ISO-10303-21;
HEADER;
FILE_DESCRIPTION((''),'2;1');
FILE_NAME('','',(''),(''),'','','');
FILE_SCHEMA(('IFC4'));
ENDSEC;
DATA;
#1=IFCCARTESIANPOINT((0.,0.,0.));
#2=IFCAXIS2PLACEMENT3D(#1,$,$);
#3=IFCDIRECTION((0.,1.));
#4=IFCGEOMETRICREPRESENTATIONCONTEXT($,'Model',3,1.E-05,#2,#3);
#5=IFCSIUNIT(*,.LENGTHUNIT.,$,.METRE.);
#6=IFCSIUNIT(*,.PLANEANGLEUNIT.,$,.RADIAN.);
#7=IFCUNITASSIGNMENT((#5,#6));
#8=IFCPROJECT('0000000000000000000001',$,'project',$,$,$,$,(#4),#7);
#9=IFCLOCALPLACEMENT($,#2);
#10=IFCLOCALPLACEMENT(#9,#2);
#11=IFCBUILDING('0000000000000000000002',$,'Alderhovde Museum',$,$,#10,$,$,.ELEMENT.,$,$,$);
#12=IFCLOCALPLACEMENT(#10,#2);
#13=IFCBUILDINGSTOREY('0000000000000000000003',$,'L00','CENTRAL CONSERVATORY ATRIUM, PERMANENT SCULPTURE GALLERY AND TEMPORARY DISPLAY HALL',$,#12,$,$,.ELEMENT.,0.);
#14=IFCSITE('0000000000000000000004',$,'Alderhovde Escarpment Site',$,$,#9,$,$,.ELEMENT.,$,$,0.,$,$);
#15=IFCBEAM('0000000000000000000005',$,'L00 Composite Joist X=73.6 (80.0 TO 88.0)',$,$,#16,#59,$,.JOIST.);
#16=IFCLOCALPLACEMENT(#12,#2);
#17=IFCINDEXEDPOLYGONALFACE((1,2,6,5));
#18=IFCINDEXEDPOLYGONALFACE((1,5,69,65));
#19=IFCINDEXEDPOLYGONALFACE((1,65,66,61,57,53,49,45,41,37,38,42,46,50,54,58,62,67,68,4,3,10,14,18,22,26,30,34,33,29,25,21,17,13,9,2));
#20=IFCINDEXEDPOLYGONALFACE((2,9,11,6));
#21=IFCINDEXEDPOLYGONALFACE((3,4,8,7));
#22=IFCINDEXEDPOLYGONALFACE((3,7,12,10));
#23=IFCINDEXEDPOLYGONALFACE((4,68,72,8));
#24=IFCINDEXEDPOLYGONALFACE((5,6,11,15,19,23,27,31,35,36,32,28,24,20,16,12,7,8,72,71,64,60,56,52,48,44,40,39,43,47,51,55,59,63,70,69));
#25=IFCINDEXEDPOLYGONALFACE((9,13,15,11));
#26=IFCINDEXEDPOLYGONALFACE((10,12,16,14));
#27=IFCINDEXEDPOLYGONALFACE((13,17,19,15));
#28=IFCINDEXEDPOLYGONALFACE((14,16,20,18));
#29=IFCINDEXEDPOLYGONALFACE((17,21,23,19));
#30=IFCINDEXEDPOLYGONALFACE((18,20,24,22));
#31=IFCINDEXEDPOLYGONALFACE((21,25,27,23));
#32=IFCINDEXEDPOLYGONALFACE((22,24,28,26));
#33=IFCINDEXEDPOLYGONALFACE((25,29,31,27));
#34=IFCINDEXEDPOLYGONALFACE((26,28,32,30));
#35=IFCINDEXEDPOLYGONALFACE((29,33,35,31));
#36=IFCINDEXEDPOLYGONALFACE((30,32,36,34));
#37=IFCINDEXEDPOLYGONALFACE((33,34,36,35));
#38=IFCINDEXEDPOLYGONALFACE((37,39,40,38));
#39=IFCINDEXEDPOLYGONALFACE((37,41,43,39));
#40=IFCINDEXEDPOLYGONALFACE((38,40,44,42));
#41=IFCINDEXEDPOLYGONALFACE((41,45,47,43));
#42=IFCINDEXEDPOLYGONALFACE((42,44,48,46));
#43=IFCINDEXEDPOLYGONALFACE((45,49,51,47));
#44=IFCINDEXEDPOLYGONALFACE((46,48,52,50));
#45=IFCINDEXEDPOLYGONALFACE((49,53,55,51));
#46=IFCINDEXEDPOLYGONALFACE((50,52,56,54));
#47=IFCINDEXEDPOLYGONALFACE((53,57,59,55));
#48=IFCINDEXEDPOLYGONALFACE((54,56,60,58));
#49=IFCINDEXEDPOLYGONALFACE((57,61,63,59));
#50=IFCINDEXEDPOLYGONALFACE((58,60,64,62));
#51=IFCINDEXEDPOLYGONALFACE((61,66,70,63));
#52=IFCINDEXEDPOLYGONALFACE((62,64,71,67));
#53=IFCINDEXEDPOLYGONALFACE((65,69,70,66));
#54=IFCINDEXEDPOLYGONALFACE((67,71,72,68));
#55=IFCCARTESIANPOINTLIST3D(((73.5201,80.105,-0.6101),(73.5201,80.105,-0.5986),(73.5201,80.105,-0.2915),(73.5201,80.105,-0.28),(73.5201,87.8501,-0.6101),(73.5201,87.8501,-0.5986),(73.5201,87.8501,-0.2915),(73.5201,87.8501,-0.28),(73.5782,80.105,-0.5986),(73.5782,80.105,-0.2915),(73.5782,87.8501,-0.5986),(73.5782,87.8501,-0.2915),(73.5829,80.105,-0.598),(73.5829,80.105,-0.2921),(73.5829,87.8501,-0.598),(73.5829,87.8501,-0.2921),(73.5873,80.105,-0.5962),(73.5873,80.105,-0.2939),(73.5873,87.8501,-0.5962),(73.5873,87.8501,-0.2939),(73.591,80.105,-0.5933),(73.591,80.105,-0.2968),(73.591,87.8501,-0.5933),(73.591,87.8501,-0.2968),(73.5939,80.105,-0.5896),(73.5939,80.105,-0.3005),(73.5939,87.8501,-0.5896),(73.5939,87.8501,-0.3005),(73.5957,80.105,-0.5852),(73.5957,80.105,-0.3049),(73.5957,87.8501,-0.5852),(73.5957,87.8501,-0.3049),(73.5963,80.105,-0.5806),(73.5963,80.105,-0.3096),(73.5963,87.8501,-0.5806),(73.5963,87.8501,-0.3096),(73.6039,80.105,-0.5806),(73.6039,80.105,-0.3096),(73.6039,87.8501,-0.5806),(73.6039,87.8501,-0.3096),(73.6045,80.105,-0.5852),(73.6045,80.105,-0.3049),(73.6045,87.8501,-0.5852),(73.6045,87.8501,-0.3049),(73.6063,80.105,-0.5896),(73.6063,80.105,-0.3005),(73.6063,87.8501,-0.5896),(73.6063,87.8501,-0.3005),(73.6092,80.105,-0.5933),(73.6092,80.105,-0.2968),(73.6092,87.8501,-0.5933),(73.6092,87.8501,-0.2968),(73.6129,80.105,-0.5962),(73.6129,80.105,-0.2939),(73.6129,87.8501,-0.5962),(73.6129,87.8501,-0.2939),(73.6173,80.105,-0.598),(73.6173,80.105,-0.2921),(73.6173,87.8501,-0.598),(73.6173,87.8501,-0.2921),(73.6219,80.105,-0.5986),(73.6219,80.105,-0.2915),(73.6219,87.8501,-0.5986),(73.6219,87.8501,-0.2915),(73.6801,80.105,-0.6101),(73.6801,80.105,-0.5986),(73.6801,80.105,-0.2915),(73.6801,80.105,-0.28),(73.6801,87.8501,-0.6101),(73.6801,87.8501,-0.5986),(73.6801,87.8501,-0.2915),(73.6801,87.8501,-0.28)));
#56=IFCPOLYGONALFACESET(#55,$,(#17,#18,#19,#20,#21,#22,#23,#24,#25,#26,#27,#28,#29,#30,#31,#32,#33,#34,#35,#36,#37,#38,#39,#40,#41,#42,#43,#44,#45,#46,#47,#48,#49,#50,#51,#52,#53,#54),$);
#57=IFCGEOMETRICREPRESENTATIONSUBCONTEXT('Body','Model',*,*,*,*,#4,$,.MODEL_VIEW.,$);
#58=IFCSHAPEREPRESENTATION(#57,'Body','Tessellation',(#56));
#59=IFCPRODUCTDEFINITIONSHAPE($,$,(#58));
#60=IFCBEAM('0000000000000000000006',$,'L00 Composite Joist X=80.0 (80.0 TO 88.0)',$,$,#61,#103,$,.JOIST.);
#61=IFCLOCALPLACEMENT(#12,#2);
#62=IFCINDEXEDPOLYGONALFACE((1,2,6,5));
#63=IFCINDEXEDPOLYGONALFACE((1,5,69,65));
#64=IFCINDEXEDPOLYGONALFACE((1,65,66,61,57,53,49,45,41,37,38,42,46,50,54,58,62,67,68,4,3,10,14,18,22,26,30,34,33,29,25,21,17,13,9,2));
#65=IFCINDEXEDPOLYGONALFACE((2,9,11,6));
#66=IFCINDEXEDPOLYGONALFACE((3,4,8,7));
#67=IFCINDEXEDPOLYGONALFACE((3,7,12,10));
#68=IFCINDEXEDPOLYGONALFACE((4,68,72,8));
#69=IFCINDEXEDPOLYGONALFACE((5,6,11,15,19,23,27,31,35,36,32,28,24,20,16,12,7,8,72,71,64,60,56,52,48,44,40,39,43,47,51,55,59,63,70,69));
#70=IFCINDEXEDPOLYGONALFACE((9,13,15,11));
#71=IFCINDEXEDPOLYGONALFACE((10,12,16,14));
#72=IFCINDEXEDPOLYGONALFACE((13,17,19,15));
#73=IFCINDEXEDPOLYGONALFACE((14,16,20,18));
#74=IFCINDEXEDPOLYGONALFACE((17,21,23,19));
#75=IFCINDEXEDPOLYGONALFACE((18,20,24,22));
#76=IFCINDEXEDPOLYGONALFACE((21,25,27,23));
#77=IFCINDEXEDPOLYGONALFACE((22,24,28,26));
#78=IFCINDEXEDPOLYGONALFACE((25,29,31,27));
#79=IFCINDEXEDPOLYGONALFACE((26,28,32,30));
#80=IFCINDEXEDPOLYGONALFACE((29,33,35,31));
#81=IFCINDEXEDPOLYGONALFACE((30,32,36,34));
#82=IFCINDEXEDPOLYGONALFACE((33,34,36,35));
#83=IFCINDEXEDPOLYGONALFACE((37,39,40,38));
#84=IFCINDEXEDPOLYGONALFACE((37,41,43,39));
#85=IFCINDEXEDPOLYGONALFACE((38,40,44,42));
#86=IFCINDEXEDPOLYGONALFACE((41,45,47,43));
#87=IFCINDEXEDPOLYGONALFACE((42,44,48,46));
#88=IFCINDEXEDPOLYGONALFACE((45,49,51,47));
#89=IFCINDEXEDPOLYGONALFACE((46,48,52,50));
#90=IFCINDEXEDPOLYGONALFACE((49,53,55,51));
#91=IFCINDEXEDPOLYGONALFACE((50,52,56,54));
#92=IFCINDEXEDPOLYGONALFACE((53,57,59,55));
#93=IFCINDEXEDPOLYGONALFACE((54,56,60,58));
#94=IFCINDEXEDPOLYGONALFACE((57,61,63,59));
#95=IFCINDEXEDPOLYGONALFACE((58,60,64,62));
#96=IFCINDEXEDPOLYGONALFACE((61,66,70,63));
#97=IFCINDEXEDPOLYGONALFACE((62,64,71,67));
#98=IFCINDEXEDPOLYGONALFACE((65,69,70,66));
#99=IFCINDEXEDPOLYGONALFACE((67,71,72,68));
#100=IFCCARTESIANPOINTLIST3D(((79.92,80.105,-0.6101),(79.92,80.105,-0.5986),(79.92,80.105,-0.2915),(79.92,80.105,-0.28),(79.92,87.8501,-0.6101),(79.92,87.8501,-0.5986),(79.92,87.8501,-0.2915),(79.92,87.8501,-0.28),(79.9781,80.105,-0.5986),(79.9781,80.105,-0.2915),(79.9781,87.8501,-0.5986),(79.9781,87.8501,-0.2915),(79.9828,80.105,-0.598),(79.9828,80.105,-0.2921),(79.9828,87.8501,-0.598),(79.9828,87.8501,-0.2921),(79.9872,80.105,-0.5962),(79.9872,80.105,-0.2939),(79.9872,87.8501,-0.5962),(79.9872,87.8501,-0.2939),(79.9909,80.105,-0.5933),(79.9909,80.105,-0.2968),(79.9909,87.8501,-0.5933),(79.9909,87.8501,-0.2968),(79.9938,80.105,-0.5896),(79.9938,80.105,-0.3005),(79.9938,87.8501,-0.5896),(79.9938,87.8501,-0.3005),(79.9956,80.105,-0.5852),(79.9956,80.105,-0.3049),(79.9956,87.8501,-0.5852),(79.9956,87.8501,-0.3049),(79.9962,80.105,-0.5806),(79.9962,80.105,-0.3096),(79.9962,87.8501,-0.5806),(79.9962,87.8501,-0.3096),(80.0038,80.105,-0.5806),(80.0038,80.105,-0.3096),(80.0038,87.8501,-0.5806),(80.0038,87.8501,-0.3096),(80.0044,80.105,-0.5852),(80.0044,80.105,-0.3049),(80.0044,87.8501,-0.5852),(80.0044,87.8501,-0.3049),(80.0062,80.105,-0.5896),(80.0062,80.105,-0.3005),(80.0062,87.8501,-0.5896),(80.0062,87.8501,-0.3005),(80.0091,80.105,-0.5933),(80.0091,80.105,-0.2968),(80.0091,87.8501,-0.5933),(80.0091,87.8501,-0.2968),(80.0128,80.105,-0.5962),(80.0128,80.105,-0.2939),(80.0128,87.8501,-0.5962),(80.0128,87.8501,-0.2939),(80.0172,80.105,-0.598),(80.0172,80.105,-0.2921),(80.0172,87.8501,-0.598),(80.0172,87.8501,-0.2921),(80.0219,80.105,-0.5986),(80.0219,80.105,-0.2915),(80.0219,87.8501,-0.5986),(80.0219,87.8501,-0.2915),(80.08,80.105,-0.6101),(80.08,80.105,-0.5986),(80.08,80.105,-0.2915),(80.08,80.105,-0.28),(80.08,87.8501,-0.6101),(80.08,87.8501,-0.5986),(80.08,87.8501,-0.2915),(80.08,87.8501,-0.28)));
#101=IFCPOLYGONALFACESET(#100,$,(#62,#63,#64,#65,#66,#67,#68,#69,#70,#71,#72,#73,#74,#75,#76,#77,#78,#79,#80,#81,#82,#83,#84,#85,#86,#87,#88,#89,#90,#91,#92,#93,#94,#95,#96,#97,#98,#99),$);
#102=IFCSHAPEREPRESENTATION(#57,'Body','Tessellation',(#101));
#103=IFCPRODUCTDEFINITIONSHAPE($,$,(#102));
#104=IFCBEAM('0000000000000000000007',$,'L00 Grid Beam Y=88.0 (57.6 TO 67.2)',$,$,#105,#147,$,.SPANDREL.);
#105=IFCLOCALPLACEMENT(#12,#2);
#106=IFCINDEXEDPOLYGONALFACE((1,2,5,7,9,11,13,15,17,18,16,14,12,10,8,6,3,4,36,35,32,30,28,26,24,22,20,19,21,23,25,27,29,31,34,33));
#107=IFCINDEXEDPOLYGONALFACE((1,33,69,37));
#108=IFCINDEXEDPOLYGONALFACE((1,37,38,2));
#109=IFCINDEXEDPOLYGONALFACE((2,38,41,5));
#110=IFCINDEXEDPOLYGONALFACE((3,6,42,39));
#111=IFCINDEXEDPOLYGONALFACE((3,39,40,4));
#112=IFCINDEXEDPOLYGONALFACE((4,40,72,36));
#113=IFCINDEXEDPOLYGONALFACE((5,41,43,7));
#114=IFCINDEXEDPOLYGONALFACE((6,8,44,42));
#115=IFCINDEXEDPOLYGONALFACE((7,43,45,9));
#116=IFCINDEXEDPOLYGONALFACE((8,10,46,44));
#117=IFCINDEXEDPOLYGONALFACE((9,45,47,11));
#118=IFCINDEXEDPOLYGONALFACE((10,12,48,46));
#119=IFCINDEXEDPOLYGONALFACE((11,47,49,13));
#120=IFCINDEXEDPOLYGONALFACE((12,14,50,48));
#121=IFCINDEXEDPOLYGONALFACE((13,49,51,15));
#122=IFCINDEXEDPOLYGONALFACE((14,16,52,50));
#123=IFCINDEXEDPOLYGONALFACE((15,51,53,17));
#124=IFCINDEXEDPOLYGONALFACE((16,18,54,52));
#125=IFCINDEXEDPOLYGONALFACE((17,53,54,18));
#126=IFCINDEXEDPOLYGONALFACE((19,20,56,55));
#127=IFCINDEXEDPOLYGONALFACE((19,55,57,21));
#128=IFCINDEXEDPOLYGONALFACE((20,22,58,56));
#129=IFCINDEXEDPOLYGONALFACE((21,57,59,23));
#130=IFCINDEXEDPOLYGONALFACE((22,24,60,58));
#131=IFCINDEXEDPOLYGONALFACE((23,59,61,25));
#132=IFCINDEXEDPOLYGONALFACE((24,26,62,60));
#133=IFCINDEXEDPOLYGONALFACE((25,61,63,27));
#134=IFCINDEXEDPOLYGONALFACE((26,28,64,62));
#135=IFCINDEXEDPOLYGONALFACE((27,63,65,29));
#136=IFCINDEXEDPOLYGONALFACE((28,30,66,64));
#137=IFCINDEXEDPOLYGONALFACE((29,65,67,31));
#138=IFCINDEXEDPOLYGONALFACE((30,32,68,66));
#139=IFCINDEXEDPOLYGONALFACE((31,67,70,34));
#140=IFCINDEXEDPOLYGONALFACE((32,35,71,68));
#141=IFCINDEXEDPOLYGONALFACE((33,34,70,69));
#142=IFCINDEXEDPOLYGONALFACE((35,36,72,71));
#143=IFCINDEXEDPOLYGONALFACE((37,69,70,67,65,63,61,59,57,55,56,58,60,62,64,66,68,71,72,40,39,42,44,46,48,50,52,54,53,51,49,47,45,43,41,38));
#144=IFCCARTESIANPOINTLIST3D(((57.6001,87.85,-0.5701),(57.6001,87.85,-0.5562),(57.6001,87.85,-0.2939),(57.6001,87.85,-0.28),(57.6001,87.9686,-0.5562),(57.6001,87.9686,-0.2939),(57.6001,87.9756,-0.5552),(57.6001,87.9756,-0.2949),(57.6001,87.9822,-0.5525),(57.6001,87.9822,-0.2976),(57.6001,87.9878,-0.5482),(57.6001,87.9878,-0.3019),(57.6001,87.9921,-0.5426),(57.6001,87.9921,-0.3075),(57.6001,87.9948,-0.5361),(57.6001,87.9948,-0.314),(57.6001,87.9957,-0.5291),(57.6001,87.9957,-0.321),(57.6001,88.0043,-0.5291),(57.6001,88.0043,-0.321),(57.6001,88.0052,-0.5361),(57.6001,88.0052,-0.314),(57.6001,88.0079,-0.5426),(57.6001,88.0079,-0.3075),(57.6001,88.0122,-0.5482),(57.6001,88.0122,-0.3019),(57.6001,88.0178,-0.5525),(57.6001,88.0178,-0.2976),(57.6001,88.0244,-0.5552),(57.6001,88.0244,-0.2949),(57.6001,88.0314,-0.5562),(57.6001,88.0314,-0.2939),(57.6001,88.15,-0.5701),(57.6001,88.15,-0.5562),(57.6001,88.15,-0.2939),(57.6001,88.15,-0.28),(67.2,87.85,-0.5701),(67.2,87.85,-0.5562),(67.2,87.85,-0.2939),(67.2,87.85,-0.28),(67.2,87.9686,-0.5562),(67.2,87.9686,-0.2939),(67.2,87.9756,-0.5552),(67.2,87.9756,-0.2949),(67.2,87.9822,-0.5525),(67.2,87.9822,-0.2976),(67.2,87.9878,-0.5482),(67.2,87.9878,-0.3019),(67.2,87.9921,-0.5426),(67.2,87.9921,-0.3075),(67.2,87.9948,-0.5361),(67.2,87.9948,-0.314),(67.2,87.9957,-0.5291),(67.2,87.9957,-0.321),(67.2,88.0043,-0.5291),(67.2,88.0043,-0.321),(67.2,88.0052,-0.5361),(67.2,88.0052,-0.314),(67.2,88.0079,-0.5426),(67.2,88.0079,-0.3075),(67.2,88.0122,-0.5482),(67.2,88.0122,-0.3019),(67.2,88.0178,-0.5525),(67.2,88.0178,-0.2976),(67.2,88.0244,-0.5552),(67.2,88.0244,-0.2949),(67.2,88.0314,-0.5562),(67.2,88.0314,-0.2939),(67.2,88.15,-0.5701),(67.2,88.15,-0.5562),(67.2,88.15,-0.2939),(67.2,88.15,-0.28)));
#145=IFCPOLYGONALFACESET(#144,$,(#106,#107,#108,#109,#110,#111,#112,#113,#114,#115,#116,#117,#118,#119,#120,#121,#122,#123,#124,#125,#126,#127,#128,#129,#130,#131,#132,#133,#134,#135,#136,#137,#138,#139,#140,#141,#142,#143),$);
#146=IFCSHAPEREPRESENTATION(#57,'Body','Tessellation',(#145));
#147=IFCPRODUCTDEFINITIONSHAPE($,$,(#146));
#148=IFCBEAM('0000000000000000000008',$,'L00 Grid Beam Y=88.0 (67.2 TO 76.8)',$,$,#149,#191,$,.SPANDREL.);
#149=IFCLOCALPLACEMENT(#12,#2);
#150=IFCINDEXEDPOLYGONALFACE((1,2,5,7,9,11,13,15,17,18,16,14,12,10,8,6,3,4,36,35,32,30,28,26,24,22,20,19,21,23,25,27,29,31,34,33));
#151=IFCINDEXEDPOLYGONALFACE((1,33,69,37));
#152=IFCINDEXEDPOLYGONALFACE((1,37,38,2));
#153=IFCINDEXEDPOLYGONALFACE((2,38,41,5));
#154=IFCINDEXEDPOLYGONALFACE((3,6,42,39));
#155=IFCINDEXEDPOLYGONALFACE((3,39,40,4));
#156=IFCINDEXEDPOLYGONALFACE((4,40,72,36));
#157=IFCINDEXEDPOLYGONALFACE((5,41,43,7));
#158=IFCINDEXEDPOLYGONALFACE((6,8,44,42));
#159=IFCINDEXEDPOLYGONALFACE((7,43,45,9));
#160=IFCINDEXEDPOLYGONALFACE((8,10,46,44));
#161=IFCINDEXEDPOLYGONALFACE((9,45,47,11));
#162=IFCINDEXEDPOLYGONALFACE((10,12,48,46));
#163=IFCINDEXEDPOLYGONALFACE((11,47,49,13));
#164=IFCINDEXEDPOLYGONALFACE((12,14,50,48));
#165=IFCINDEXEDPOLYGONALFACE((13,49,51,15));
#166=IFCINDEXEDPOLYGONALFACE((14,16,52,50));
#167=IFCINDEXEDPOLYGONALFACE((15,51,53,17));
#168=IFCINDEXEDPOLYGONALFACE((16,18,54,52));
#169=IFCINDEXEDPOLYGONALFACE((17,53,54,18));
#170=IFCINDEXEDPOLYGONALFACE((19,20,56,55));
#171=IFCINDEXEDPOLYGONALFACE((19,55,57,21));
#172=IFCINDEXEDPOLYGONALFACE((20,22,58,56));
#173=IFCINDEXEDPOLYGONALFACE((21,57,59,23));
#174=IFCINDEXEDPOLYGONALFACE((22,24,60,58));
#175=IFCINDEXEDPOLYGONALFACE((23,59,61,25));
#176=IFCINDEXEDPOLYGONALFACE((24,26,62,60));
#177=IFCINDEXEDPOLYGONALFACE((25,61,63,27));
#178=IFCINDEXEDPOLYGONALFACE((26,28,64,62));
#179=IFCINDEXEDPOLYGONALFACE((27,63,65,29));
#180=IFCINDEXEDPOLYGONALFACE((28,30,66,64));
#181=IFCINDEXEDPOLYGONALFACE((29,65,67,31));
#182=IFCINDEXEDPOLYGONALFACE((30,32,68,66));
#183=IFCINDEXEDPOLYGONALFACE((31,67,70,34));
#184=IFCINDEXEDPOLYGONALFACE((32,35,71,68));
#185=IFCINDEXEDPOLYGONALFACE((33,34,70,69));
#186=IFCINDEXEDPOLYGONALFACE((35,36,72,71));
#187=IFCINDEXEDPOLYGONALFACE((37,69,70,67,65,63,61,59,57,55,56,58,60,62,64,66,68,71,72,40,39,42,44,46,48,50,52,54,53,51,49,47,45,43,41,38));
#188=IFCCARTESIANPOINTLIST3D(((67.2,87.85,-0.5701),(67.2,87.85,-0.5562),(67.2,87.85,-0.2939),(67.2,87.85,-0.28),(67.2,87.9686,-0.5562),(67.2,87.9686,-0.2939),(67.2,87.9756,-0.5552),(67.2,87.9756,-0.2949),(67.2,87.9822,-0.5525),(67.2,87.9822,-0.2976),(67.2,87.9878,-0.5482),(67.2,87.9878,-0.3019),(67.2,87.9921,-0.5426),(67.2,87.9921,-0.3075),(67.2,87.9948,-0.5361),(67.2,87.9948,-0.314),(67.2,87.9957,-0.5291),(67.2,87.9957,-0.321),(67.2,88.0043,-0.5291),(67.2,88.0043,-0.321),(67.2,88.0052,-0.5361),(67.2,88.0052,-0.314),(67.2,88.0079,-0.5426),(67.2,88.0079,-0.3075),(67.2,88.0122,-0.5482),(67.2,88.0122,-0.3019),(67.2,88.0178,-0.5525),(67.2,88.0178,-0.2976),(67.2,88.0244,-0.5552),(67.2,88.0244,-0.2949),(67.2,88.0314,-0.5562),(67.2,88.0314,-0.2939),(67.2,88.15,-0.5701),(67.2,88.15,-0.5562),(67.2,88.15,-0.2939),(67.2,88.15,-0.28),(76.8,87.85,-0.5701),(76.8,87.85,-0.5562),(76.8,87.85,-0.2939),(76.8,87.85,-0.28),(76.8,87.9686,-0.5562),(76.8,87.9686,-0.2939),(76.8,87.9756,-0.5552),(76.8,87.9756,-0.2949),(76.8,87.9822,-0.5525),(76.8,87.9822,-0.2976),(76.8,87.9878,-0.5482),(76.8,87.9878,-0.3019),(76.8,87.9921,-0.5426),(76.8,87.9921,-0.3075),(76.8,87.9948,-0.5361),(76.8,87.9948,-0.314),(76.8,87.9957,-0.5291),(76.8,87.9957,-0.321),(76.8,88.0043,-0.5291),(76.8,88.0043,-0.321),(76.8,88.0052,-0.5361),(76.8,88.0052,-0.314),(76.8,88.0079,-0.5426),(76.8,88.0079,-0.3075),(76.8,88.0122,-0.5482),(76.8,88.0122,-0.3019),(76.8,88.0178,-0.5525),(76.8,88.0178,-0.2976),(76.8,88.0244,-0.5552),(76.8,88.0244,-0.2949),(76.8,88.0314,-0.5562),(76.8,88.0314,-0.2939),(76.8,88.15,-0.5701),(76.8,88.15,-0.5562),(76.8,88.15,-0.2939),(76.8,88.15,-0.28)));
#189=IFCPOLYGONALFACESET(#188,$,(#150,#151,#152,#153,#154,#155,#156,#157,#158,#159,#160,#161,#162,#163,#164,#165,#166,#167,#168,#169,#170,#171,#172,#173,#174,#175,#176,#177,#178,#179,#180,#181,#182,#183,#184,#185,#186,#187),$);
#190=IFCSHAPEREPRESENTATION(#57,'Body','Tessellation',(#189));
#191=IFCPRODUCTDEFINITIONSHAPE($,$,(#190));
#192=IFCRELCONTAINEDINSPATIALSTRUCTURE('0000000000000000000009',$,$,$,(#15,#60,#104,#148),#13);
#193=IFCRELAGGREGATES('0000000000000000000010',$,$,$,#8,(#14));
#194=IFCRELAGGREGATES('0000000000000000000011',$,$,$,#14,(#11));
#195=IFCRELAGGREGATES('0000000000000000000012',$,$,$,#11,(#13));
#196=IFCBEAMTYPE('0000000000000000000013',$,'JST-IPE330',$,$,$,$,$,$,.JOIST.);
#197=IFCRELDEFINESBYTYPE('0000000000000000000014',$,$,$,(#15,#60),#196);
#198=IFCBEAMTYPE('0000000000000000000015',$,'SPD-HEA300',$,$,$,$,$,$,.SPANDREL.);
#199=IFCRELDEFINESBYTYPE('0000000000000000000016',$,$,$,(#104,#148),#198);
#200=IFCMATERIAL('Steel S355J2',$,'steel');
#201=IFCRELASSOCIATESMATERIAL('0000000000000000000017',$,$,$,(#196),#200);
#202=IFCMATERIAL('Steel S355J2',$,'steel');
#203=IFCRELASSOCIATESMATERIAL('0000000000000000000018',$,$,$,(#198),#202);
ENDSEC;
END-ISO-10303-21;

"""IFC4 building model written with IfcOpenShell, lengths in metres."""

from ifc_helpers import new_model, si_unit, direction, frame, origin, origin_2d, place, context, subcontext, project, spatial, i_section, extrude, material, material_profile, profile_set, type_object, element, save


model = new_model("IFC4")

# Units and contexts
model_context = context("Model", 3, precision=1e-05, world=origin(), true_north=direction((0.0, 1.0)))
body_context = subcontext(model_context, "Body", "Model", "MODEL_VIEW")
ifc_project = project(units=[si_unit("LENGTHUNIT", "METRE"), si_unit("PLANEANGLEUNIT", "RADIAN")], contexts=[model_context])

# Site, building, storey
site_placement = place(None, origin())
site = spatial("IfcSite", under=ifc_project, at=site_placement, Name="Alderhovde Escarpment Site", CompositionType="ELEMENT", RefElevation=0.0)
building_placement = place(site_placement, origin())
building = spatial("IfcBuilding", under=site, at=building_placement, Name="Alderhovde Museum", CompositionType="ELEMENT")
storey_placement = place(building_placement, origin())
storey = spatial("IfcBuildingStorey", under=building, at=storey_placement, Name="L00", Description="CENTRAL CONSERVATORY ATRIUM, PERMANENT SCULPTURE GALLERY AND TEMPORARY DISPLAY HALL", CompositionType="ELEMENT", Elevation=0.0)

# Beams
ifc_material_1 = material(Name="Steel S355J2", Category="steel")
ifc_material_profile_1 = material_profile(ifc_material_1, i_section(OverallWidth=0.1599, OverallDepth=0.3301, WebThickness=0.0076, FlangeThickness=0.0115, FilletRadius=0.0181, at=origin_2d()), Name="IPE 330")
ifc_profile_set_1 = profile_set([ifc_material_profile_1], Name="Steel S355J2")
beam_type_1 = type_object("IfcBeamType", Name="JST-IPE330", PredefinedType="JOIST", material=ifc_profile_set_1)
for number, where, z_axis, x_axis, name in (
    (1, (73.6001, 80.105, -0.4451), (0.0, 1.0, 0.0), (-1.0, 0.0, 0.0), "L00 Composite Joist X=73.6 (80.0 TO 88.0)"),
    (2, (80.0, 80.105, -0.4451), (0.0, 1.0, 0.0), (-1.0, 0.0, 0.0), "L00 Composite Joist X=80.0 (80.0 TO 88.0)"),
):
    element("IfcBeam", number, at=place(storey_placement, frame(where, z_axis=z_axis, x_axis=x_axis)), inside=storey, type_object=beam_type_1, Name=name, PredefinedType="JOIST", context=body_context, shape_type="SweptSolid", body=[
        extrude(i_section(OverallWidth=0.1599, OverallDepth=0.3301, WebThickness=0.0076, FlangeThickness=0.0115, FilletRadius=0.0181, at=origin_2d()), origin(), (0.0, 0.0, 1.0), 7.7451),
    ])
ifc_material_2 = material(Name="Steel S355J2", Category="steel")
ifc_material_profile_2 = material_profile(ifc_material_2, i_section(OverallWidth=0.3, OverallDepth=0.29, WebThickness=0.0085, FlangeThickness=0.0139, FilletRadius=0.0271, at=origin_2d()), Name="HEA 300")
ifc_profile_set_2 = profile_set([ifc_material_profile_2], Name="Steel S355J2")
beam_type_2 = type_object("IfcBeamType", Name="SPD-HEA300", PredefinedType="SPANDREL", material=ifc_profile_set_2)
beam_1_placement = place(storey_placement, frame((57.6001, 88.0, -0.425), z_axis=(1.0, 0.0, 0.0), x_axis=(0.0, 1.0, 0.0)))
element("IfcBeam", 3, at=beam_1_placement, inside=storey, type_object=beam_type_2, Name="L00 Grid Beam Y=88.0 (57.6 TO 67.2)", PredefinedType="SPANDREL", context=body_context, shape_type="SweptSolid", body=[
    extrude(i_section(OverallWidth=0.3, OverallDepth=0.29, WebThickness=0.0085, FlangeThickness=0.0139, FilletRadius=0.0271, at=origin_2d()), origin(), (0.0, 0.0, 1.0), 9.5999),
])
beam_2_placement = place(storey_placement, frame((67.2, 88.0, -0.425), z_axis=(1.0, 0.0, 0.0), x_axis=(0.0, 1.0, 0.0)))
element("IfcBeam", 4, at=beam_2_placement, inside=storey, type_object=beam_type_2, Name="L00 Grid Beam Y=88.0 (67.2 TO 76.8)", PredefinedType="SPANDREL", context=body_context, shape_type="SweptSolid", body=[
    extrude(i_section(OverallWidth=0.3, OverallDepth=0.29, WebThickness=0.0085, FlangeThickness=0.0139, FilletRadius=0.0271, at=origin_2d()), origin(), (0.0, 0.0, 1.0), 9.6001),
])

save(model, "model.ifc")
